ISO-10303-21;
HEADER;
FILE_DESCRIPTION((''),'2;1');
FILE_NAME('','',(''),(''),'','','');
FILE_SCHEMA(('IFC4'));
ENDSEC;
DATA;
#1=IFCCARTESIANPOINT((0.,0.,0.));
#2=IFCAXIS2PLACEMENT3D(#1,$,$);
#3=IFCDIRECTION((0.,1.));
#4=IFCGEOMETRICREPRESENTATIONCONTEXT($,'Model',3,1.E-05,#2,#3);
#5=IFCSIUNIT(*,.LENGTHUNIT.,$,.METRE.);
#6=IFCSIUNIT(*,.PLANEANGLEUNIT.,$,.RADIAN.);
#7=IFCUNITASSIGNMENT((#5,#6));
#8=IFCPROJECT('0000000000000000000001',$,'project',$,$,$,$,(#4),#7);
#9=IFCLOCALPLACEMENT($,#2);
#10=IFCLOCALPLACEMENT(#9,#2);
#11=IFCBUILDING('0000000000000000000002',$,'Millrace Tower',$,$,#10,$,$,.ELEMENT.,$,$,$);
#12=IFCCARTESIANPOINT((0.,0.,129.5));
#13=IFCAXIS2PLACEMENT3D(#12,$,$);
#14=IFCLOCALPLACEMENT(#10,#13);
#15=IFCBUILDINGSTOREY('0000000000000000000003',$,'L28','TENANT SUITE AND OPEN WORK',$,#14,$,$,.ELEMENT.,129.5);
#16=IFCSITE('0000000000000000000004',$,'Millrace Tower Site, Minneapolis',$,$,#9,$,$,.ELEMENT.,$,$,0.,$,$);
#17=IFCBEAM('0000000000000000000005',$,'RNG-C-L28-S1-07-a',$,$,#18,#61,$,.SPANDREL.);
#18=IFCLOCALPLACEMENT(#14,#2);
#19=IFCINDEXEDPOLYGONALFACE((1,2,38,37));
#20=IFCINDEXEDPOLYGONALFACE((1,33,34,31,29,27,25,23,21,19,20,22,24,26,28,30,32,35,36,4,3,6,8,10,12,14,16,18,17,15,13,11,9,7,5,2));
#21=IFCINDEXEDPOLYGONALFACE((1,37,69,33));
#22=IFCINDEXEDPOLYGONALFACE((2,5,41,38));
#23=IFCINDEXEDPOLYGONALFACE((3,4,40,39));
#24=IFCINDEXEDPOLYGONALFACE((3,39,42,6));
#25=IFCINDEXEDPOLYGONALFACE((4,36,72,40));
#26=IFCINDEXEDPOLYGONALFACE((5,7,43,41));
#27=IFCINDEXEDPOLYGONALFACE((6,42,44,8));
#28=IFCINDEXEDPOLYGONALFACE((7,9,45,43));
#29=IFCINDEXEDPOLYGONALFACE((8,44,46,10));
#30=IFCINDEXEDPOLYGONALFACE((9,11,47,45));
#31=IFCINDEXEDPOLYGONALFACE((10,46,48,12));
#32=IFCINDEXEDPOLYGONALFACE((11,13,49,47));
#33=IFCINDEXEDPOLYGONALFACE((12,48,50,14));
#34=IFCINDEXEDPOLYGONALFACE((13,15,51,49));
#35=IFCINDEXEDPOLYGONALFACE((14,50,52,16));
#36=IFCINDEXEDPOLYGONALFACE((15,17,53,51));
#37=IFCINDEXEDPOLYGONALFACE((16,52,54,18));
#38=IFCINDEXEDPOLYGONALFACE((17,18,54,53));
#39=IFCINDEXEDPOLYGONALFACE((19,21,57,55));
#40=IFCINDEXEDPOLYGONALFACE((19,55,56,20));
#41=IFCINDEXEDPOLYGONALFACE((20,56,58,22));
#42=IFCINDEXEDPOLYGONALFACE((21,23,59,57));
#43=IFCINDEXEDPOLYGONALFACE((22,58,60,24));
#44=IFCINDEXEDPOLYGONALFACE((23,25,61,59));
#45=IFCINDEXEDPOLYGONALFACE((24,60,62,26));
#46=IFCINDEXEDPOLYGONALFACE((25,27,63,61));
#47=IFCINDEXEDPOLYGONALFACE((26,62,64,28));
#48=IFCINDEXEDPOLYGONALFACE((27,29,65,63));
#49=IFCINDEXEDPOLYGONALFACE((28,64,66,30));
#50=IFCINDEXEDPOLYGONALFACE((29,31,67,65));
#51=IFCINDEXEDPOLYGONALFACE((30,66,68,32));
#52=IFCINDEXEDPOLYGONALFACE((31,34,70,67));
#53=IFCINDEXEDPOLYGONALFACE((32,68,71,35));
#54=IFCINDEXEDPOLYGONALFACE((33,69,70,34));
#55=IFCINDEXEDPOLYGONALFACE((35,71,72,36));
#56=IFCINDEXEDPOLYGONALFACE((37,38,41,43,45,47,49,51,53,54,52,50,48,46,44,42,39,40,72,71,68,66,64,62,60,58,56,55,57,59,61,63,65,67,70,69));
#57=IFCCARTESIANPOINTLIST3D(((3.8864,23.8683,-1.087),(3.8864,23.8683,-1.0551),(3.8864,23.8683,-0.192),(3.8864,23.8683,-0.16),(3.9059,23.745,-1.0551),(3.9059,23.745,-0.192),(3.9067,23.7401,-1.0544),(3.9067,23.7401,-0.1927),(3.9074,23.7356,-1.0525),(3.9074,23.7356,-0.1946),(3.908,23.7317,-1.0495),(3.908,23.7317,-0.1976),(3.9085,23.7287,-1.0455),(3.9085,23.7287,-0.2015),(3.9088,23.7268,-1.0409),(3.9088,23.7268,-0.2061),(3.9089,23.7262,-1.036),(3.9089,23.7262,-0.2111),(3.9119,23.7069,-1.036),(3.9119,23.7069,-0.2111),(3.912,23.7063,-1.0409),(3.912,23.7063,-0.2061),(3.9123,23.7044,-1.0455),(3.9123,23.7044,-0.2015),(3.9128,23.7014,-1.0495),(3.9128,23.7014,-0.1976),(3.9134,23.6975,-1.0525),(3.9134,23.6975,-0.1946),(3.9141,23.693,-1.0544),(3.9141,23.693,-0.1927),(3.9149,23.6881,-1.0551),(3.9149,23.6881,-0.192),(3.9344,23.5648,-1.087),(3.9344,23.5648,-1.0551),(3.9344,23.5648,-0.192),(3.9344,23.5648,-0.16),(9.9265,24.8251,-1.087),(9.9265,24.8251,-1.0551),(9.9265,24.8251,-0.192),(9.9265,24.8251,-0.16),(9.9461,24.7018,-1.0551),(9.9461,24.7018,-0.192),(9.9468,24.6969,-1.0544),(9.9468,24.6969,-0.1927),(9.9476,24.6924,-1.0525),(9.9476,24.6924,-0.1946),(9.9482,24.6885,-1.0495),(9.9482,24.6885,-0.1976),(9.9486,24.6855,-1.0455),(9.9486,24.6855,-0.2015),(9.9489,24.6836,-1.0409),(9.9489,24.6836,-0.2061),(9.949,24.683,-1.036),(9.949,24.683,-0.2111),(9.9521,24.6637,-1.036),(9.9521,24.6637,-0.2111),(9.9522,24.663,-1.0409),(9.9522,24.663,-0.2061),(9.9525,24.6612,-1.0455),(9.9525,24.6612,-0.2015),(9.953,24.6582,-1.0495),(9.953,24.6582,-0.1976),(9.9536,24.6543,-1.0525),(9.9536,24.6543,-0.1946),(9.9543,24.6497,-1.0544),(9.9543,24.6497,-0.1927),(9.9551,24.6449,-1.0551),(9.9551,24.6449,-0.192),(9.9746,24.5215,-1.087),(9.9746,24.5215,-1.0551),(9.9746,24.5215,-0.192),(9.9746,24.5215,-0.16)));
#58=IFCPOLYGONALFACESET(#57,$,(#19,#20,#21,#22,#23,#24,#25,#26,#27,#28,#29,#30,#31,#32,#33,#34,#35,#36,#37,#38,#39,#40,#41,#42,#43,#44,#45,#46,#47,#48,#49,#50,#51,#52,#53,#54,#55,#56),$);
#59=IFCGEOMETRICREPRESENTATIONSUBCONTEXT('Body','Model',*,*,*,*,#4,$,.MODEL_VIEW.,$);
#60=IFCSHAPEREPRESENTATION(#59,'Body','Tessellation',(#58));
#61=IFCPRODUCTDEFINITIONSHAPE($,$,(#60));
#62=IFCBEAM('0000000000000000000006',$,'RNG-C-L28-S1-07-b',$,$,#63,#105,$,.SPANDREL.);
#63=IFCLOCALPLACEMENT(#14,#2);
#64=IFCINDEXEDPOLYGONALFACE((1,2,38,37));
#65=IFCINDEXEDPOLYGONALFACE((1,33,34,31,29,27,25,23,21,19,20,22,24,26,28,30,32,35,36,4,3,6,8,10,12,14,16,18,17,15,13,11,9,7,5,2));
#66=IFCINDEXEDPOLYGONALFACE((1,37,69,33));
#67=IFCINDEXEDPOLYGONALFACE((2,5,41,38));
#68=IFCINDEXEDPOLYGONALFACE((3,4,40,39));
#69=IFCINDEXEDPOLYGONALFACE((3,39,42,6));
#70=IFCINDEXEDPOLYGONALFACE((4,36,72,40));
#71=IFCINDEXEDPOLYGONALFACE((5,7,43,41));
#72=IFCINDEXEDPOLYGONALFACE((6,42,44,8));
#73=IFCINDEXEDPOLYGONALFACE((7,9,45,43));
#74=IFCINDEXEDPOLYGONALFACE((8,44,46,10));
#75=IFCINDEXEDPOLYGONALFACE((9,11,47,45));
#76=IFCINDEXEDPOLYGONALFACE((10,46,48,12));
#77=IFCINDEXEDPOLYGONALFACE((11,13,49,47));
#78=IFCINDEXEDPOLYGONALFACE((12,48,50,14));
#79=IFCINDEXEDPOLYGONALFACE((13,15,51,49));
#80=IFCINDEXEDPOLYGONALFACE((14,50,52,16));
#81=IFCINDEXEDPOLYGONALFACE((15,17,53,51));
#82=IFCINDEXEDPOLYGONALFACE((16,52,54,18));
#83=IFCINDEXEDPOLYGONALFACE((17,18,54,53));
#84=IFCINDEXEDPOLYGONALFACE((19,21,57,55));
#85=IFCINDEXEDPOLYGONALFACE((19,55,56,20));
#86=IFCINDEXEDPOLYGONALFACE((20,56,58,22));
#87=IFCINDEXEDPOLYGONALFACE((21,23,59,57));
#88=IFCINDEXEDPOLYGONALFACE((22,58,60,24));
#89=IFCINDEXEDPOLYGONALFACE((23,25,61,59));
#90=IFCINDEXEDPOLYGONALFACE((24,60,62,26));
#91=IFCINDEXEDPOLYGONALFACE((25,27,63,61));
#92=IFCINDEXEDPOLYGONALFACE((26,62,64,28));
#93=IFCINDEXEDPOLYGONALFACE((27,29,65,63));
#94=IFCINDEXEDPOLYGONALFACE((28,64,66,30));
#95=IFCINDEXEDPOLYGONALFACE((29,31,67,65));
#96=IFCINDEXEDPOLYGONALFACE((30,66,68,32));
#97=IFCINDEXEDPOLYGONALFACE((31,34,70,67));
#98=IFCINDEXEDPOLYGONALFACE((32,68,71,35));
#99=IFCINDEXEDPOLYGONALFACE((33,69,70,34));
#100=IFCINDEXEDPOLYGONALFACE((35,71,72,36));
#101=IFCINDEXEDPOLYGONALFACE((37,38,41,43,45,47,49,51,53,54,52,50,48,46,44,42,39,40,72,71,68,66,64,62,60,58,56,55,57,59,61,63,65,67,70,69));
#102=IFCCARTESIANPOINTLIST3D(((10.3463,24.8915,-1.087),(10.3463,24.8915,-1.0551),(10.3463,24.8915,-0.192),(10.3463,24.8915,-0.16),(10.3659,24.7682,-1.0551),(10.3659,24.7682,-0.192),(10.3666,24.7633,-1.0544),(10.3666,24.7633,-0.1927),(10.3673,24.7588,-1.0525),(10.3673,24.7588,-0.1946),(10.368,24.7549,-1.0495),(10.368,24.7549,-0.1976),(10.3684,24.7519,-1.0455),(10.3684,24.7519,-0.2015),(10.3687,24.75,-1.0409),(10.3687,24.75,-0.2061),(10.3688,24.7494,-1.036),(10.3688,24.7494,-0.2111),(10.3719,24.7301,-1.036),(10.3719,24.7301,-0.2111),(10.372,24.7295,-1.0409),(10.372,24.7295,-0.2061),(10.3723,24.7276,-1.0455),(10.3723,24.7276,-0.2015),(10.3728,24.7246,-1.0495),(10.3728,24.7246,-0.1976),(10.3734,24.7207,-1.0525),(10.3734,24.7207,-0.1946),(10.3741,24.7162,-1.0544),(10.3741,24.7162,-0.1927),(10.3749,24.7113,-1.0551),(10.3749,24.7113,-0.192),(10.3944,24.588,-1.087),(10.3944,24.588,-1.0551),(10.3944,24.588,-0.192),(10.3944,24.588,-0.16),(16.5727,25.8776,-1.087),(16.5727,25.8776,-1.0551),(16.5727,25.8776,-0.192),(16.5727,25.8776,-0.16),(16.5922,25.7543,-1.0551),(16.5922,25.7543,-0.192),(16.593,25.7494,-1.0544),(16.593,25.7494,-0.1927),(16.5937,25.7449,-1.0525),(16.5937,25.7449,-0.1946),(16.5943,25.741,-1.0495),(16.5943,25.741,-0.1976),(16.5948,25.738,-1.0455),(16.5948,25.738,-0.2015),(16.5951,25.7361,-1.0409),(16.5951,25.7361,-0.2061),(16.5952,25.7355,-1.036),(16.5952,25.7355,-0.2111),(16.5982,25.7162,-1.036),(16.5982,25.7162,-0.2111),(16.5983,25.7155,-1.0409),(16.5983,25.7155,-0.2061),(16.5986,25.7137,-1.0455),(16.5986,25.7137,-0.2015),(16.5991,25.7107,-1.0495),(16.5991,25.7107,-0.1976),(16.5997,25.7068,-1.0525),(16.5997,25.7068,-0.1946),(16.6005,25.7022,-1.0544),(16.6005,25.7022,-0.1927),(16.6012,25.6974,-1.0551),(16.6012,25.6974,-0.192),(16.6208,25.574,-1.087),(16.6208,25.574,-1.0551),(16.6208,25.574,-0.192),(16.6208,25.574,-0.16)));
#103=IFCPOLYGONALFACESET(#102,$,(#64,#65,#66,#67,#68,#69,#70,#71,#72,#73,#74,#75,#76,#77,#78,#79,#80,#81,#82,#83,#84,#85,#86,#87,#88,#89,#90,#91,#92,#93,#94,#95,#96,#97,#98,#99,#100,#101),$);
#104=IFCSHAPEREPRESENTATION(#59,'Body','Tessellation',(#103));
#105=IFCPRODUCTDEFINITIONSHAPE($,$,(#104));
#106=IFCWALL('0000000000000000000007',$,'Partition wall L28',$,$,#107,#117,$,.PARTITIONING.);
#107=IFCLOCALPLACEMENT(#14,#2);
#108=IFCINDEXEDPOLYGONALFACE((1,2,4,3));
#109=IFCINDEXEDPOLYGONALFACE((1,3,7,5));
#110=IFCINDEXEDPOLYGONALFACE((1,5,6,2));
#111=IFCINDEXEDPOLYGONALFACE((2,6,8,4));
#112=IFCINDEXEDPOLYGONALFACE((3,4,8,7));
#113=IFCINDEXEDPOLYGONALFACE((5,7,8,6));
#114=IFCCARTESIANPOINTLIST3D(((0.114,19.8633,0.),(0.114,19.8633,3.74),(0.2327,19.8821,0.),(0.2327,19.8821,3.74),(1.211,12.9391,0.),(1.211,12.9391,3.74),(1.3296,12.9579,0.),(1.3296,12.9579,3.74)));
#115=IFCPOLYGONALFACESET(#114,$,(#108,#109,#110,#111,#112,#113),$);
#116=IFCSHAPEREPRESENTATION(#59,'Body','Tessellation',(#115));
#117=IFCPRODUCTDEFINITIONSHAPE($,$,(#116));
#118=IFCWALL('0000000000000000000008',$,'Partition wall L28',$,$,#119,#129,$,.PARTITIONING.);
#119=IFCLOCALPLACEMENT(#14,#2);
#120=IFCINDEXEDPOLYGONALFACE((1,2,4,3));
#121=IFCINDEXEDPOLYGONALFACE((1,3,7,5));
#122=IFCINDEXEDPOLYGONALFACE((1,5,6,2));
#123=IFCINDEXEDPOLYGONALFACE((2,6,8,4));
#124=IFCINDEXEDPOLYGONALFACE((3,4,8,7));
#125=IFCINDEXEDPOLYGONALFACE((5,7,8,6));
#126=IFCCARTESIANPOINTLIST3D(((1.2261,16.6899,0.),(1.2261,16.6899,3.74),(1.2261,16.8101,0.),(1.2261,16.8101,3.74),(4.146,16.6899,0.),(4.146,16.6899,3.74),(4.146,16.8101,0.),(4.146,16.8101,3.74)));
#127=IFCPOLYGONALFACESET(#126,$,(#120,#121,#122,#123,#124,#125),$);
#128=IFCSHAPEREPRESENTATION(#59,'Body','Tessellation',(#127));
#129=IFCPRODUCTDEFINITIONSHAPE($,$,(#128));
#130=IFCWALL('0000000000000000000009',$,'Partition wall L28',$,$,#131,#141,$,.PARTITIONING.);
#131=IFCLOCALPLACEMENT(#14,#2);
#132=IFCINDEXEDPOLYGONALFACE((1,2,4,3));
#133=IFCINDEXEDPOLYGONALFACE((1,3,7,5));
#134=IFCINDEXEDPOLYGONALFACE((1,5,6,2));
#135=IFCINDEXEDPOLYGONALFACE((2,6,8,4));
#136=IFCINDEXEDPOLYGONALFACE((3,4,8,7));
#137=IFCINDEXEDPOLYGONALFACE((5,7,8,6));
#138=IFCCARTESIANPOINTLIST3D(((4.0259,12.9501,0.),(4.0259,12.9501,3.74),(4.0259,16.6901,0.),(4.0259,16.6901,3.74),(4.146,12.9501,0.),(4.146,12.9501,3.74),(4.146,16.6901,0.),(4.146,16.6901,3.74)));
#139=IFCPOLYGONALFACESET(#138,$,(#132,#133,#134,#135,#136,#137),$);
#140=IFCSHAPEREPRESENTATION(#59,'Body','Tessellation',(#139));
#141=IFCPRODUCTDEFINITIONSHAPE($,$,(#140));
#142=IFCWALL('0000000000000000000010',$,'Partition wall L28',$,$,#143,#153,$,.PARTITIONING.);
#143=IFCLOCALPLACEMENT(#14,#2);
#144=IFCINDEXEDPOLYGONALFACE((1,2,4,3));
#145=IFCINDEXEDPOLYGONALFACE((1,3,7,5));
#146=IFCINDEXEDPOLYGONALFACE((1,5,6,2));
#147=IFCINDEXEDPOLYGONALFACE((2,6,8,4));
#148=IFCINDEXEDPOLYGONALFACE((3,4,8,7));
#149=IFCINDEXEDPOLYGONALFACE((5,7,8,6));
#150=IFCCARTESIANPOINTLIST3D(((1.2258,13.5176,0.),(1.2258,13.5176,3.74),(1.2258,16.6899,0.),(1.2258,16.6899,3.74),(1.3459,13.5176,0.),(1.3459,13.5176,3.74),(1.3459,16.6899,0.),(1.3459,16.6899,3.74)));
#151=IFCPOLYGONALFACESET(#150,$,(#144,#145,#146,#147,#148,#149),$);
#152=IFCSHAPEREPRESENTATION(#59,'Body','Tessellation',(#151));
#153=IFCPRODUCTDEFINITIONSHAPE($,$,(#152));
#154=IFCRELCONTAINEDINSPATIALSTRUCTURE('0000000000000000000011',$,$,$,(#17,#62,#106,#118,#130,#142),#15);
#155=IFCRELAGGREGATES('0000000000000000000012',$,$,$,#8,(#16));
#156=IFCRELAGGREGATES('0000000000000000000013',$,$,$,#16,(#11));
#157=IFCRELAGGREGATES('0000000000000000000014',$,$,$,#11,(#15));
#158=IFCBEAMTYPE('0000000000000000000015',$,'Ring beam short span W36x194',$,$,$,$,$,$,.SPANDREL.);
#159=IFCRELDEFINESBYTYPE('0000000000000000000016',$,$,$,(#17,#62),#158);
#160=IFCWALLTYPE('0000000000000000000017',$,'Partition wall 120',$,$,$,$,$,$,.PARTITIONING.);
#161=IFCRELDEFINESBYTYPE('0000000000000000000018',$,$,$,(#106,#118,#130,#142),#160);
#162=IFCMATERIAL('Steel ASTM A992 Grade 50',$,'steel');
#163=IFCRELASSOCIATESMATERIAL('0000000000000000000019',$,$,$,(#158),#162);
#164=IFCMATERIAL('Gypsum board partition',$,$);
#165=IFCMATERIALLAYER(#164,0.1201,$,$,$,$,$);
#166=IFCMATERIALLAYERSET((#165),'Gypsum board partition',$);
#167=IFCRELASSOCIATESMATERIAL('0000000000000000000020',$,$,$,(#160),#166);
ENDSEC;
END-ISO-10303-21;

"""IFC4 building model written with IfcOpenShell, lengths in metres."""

from ifc_helpers import new_model, si_unit, direction, frame, frame_2d, origin, origin_2d, place, context, subcontext, project, spatial, rectangle, i_section, extrude, material, layer, layer_set, material_profile, profile_set, type_object, element, save


model = new_model("IFC4")

# Units and contexts
model_context = context("Model", 3, precision=1e-05, world=origin(), true_north=direction((0.0, 1.0)))
body_context = subcontext(model_context, "Body", "Model", "MODEL_VIEW")
ifc_project = project(units=[si_unit("LENGTHUNIT", "METRE"), si_unit("PLANEANGLEUNIT", "RADIAN")], contexts=[model_context])

# Site, building, storey
site_placement = place(None, origin())
site = spatial("IfcSite", under=ifc_project, at=site_placement, Name="Millrace Tower Site, Minneapolis", CompositionType="ELEMENT", RefElevation=0.0)
building_placement = place(site_placement, origin())
building = spatial("IfcBuilding", under=site, at=building_placement, Name="Millrace Tower", CompositionType="ELEMENT")
storey_placement = place(building_placement, frame((0.0, 0.0, 129.5)))
storey = spatial("IfcBuildingStorey", under=building, at=storey_placement, Name="L28", Description="TENANT SUITE AND OPEN WORK", CompositionType="ELEMENT", Elevation=129.5)

# Beams
ifc_material_1 = material(Name="Steel ASTM A992 Grade 50", Category="steel")
ifc_material_profile_1 = material_profile(ifc_material_1, i_section(OverallWidth=0.3074, OverallDepth=0.927, WebThickness=0.0195, FlangeThickness=0.032, FilletRadius=0.019, at=origin_2d()))
ifc_profile_set_1 = profile_set([ifc_material_profile_1], Name="Steel ASTM A992 Grade 50")
beam_type_1 = type_object("IfcBeamType", Name="Ring beam short span W36x194", PredefinedType="SPANDREL", material=ifc_profile_set_1)
beam_1_placement = place(storey_placement, frame((3.9104, 23.7166, -0.6235), z_axis=(0.987686, 0.15645, 0.0), x_axis=(-0.15645, 0.987686, 0.0)))
element("IfcBeam", 1, at=beam_1_placement, inside=storey, type_object=beam_type_1, Name="RNG-C-L28-S1-07-a", PredefinedType="SPANDREL", context=body_context, shape_type="SweptSolid", body=[
    extrude(i_section(OverallWidth=0.3074, OverallDepth=0.927, WebThickness=0.0195, FlangeThickness=0.032, FilletRadius=0.019, at=origin_2d()), origin(), (0.0, 0.0, 1.0), 6.1155),
])
beam_2_placement = place(storey_placement, frame((10.3704, 24.7397, -0.6235), z_axis=(0.98769, 0.156424, 0.0), x_axis=(-0.156424, 0.98769, 0.0)))
element("IfcBeam", 2, at=beam_2_placement, inside=storey, type_object=beam_type_1, Name="RNG-C-L28-S1-07-b", PredefinedType="SPANDREL", context=body_context, shape_type="SweptSolid", body=[
    extrude(i_section(OverallWidth=0.3074, OverallDepth=0.927, WebThickness=0.0195, FlangeThickness=0.032, FilletRadius=0.019, at=origin_2d()), origin(), (0.0, 0.0, 1.0), 6.304),
])

# Walls
ifc_material_2 = material(Name="Gypsum board partition")
ifc_layer_1 = layer(ifc_material_2, 0.1201)
ifc_layer_set_1 = layer_set([ifc_layer_1], Name="Gypsum board partition")
wall_type = type_object("IfcWallType", Name="Partition wall 120", PredefinedType="PARTITIONING", material=ifc_layer_set_1)
wall_1_placement = place(storey_placement, frame((0.1733, 19.8728, 0.0), z_axis=(0.0, 0.0, 1.0), x_axis=(0.15647, -0.987683, 0.0)))
element("IfcWall", 3, at=wall_1_placement, inside=storey, type_object=wall_type, Name="Partition wall L28", PredefinedType="PARTITIONING", context=body_context, shape_type="SweptSolid", body=[
    extrude(rectangle(XDim=7.0105, YDim=0.1201, at=frame_2d((3.5054, 0.0))), origin(), (0.0, 0.0, 1.0), 3.74),
])
wall_2_placement = place(storey_placement, frame((1.2261, 16.75, 0.0), z_axis=(0.0, 0.0, 1.0), x_axis=(1.0, 0.0, 0.0)))
element("IfcWall", 4, at=wall_2_placement, inside=storey, type_object=wall_type, Name="Partition wall L28", PredefinedType="PARTITIONING", context=body_context, shape_type="SweptSolid", body=[
    extrude(rectangle(XDim=2.9199, YDim=0.1201, at=frame_2d((1.46, 0.0))), origin(), (0.0, 0.0, 1.0), 3.74),
])
wall_3_placement = place(storey_placement, frame((4.0859, 12.95, 0.0), z_axis=(0.0, 0.0, 1.0), x_axis=(0.0, 1.0, 0.0)))
element("IfcWall", 5, at=wall_3_placement, inside=storey, type_object=wall_type, Name="Partition wall L28", PredefinedType="PARTITIONING", context=body_context, shape_type="SweptSolid", body=[
    extrude(rectangle(XDim=3.74, YDim=0.1201, at=frame_2d((1.8701, 0.0))), origin(), (0.0, 0.0, 1.0), 3.74),
])
wall_4_placement = place(storey_placement, frame((1.2859, 13.5176, 0.0), z_axis=(0.0, 0.0, 1.0), x_axis=(0.0, 1.0, 0.0)))
element("IfcWall", 6, at=wall_4_placement, inside=storey, type_object=wall_type, Name="Partition wall L28", PredefinedType="PARTITIONING", context=body_context, shape_type="SweptSolid", body=[
    extrude(rectangle(XDim=3.1724, YDim=0.1201, at=frame_2d((1.5862, 0.0))), origin(), (0.0, 0.0, 1.0), 3.74),
])

save(model, "model.ifc")
